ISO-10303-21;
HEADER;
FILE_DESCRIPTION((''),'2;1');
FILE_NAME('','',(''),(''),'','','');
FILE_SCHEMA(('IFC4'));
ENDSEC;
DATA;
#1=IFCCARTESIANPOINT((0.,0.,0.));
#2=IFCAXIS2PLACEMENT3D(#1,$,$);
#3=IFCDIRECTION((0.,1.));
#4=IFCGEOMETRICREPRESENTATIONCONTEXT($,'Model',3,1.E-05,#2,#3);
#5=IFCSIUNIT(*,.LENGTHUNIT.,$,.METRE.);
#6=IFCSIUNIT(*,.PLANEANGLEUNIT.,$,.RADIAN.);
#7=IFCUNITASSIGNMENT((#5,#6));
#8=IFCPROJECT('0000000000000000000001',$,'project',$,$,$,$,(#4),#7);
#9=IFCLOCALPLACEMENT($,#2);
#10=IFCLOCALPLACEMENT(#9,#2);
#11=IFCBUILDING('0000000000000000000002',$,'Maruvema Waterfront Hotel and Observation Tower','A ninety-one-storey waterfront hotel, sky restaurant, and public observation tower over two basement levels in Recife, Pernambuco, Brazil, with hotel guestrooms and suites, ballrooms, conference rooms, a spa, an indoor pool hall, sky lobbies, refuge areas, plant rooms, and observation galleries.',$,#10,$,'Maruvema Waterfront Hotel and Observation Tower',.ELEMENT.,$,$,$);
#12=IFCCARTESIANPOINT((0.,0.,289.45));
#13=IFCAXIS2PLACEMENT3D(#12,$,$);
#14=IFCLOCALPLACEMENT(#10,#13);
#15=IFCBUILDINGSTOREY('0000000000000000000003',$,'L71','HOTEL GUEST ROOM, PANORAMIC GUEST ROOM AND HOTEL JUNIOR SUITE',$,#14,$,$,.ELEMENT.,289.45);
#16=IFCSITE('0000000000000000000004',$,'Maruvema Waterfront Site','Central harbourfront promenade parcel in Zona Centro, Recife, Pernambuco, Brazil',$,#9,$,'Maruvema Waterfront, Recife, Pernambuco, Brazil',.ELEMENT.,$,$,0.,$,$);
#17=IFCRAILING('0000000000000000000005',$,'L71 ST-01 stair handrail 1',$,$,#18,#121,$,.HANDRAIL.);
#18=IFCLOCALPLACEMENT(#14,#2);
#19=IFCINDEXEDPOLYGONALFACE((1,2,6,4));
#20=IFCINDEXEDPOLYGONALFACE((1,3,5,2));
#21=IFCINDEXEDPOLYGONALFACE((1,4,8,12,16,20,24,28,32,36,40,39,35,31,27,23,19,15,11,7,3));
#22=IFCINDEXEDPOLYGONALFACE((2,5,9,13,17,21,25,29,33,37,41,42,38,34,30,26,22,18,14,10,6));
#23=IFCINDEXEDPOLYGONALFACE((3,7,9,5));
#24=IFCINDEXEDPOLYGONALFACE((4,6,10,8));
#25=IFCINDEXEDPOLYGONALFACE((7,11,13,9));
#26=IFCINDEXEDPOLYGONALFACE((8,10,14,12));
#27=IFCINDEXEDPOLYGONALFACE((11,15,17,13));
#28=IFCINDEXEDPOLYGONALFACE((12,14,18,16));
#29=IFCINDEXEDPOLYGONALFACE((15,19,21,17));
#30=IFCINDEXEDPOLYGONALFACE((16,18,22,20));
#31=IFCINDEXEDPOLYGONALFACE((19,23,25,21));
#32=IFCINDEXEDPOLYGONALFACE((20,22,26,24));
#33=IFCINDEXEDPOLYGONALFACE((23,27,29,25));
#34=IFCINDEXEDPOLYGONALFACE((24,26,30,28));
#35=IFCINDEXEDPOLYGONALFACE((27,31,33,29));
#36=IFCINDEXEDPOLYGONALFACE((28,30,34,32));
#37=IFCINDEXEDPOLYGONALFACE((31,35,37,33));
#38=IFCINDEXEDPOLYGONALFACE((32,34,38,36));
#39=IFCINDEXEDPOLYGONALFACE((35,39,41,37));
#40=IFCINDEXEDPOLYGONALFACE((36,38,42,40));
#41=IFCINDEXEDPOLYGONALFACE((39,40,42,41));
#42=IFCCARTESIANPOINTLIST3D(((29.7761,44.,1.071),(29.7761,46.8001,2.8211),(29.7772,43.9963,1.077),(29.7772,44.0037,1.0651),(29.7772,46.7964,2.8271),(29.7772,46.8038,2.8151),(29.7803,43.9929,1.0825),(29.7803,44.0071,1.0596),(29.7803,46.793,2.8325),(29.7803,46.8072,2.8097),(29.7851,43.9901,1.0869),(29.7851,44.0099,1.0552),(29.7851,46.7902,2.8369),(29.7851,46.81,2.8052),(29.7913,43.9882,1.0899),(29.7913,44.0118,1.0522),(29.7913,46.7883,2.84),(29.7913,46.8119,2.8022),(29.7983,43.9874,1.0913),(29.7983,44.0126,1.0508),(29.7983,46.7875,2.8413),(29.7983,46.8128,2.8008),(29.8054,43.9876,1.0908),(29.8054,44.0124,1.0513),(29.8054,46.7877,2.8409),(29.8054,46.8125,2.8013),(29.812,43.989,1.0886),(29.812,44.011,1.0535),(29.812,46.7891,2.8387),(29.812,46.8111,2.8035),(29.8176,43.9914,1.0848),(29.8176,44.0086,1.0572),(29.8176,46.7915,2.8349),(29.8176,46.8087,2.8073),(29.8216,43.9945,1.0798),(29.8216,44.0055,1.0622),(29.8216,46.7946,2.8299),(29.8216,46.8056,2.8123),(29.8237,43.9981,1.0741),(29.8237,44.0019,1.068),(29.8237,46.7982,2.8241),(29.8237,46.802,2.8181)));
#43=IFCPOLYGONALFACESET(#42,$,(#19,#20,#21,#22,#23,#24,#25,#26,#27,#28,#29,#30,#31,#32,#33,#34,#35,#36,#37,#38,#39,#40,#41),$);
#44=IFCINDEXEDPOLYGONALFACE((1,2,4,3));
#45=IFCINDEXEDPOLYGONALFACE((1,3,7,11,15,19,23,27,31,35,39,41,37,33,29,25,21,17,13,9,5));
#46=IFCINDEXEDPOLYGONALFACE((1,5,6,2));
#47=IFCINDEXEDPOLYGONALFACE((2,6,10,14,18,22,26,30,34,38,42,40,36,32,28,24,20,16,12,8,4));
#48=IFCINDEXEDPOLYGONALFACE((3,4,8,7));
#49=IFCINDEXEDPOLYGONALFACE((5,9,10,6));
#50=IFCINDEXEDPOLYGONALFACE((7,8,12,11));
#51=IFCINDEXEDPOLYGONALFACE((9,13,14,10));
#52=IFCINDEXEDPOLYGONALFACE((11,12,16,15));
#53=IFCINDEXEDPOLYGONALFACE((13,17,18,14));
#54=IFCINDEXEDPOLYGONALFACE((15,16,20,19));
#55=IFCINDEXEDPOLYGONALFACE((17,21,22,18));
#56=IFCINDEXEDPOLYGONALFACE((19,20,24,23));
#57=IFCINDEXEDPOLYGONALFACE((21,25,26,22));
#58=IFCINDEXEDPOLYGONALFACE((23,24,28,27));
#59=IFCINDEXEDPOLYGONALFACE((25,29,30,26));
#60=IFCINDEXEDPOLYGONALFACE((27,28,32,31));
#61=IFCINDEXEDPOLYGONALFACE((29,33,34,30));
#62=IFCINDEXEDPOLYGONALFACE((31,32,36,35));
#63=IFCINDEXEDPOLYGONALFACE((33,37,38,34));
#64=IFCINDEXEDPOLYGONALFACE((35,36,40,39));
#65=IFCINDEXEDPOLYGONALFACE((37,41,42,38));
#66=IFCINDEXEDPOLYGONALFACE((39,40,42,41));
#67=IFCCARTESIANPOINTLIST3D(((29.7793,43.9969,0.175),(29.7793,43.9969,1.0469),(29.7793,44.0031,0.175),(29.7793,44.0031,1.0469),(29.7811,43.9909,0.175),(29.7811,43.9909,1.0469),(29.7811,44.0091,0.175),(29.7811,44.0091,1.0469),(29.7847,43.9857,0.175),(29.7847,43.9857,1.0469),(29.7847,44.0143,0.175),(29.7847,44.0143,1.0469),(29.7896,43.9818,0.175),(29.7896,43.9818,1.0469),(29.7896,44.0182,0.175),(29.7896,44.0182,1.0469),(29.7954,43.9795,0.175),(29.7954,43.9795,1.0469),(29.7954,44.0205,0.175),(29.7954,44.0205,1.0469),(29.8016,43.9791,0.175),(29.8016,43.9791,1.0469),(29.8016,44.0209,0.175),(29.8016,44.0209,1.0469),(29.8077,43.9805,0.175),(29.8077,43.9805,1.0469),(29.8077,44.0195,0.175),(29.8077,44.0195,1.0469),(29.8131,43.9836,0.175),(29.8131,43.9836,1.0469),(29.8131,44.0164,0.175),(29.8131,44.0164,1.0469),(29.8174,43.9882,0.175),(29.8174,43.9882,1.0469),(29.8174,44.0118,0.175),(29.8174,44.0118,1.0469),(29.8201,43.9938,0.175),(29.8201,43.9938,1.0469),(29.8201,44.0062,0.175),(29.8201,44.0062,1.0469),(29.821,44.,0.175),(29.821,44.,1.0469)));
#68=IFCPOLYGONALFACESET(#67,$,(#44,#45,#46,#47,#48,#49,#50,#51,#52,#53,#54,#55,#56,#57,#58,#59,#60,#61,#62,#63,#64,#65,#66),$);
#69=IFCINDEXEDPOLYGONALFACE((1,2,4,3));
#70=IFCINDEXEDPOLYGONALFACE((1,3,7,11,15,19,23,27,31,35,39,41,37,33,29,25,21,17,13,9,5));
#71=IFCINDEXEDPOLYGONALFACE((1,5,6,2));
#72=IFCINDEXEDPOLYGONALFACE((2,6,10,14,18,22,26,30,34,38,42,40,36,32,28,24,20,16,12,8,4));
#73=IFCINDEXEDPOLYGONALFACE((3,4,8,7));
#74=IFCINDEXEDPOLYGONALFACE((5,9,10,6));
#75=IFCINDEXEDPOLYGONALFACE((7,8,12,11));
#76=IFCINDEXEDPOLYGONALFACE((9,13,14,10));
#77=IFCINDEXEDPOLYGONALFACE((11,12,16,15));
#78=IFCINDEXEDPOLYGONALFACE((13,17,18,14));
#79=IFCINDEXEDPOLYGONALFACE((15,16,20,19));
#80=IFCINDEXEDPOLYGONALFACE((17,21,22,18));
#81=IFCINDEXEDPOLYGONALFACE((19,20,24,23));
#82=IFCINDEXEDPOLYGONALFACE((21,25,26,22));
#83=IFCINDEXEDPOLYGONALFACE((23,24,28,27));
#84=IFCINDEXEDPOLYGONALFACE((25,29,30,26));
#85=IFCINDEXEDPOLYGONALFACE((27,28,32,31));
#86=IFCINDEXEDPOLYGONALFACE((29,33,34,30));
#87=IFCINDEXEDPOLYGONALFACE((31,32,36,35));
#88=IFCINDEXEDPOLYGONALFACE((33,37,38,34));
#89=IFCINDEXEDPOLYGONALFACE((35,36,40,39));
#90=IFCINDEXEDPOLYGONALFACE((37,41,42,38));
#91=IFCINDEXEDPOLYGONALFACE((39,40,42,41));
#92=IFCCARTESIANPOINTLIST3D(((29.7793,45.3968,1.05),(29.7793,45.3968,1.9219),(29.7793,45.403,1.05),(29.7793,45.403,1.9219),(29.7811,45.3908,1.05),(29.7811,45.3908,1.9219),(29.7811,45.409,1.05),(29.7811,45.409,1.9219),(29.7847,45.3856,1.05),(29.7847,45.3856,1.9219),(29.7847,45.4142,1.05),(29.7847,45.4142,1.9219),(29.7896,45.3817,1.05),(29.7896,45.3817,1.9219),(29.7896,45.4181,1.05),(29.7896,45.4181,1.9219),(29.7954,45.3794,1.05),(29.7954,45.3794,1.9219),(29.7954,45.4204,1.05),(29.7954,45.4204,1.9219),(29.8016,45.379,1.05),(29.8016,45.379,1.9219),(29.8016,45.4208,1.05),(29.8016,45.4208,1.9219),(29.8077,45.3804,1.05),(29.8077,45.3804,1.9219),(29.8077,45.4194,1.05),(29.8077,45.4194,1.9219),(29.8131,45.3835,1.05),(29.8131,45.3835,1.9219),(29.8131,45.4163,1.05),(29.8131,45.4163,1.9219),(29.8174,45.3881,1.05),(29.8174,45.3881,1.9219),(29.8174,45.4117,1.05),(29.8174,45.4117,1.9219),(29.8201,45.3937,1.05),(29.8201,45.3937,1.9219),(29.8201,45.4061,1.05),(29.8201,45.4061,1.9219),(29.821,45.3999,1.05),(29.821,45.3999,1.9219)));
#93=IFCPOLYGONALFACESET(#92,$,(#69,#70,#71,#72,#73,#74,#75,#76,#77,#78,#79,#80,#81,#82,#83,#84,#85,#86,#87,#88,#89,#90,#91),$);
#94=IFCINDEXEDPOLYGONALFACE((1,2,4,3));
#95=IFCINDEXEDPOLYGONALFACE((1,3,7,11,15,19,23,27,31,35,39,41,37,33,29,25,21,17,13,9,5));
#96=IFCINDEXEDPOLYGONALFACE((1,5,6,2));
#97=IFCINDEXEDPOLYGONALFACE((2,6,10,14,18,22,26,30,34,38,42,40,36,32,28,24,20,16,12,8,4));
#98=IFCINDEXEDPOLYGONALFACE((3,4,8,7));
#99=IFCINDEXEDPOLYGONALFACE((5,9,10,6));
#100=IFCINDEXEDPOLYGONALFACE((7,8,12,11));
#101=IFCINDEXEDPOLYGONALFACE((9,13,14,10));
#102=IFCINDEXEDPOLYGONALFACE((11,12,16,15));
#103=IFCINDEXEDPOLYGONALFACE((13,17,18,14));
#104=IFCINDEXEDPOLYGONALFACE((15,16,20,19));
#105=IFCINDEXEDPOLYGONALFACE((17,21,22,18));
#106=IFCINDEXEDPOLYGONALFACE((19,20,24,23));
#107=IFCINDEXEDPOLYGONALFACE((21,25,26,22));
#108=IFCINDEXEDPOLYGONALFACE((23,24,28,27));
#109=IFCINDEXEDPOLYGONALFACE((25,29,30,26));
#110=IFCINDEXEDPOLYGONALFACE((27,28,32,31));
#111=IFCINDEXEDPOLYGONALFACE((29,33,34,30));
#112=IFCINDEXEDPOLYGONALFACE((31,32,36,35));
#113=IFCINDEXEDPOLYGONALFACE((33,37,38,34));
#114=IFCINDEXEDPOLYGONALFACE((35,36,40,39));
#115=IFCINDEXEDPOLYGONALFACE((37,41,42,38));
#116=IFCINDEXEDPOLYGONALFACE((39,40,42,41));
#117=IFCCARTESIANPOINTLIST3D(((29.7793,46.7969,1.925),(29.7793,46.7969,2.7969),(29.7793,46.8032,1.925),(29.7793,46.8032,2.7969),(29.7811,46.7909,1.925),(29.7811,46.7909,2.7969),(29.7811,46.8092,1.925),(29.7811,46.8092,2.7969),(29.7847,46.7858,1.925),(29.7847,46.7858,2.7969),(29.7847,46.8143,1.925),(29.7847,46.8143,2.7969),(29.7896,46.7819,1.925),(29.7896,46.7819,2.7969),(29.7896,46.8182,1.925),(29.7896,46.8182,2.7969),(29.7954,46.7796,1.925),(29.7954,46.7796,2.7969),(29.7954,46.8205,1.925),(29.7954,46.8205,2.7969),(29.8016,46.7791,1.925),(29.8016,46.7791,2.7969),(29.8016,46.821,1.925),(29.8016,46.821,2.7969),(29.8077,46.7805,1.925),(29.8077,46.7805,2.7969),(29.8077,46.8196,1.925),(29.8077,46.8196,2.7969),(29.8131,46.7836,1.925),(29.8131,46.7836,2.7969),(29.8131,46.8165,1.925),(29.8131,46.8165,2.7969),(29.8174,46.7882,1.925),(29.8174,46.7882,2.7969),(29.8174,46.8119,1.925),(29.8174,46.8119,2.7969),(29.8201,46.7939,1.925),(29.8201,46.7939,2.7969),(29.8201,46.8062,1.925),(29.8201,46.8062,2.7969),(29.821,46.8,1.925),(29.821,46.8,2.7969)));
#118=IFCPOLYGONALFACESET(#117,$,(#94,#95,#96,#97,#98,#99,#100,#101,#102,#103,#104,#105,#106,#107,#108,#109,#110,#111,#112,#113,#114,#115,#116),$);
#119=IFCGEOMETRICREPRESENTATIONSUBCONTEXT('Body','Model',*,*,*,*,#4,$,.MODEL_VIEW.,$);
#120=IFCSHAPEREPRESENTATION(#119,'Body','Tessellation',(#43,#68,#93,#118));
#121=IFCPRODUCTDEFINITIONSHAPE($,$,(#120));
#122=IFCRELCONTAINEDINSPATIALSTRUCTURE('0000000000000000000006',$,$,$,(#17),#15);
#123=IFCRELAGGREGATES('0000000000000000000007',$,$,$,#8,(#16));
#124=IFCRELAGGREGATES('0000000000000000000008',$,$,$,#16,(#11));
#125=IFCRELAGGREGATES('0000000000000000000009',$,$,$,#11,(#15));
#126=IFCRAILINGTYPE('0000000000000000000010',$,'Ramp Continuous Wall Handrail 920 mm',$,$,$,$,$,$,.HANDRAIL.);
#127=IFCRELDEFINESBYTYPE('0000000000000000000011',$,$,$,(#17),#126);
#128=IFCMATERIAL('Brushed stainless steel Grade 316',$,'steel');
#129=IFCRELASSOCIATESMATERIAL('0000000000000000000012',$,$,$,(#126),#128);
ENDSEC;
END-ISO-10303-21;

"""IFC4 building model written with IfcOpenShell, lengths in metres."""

from ifc_helpers import new_model, si_unit, direction, frame, origin, origin_2d, place, context, subcontext, project, spatial, circle, extrude, material, type_object, element, save


model = new_model("IFC4")

# Units and contexts
model_context = context("Model", 3, precision=1e-05, world=origin(), true_north=direction((0.0, 1.0)))
body_context = subcontext(model_context, "Body", "Model", "MODEL_VIEW")
ifc_project = project(units=[si_unit("LENGTHUNIT", "METRE"), si_unit("PLANEANGLEUNIT", "RADIAN")], contexts=[model_context])

# Site, building, storey
site_placement = place(None, origin())
site = spatial("IfcSite", under=ifc_project, at=site_placement, Name="Maruvema Waterfront Site", Description="Central harbourfront promenade parcel in Zona Centro, Recife, Pernambuco, Brazil", LongName="Maruvema Waterfront, Recife, Pernambuco, Brazil", CompositionType="ELEMENT", RefElevation=0.0)
building_placement = place(site_placement, origin())
building = spatial("IfcBuilding", under=site, at=building_placement, Name="Maruvema Waterfront Hotel and Observation Tower", Description="A ninety-one-storey waterfront hotel, sky restaurant, and public observation tower over two basement levels in Recife, Pernambuco, Brazil, with hotel guestrooms and suites, ballrooms, conference rooms, a spa, an indoor pool hall, sky lobbies, refuge areas, plant rooms, and observation galleries.", LongName="Maruvema Waterfront Hotel and Observation Tower", CompositionType="ELEMENT")
storey_placement = place(building_placement, frame((0.0, 0.0, 289.45)))
storey = spatial("IfcBuildingStorey", under=building, at=storey_placement, Name="L71", Description="HOTEL GUEST ROOM, PANORAMIC GUEST ROOM AND HOTEL JUNIOR SUITE", CompositionType="ELEMENT", Elevation=289.45)

# Railing
ifc_material_1 = material(Name="Brushed stainless steel Grade 316", Category="steel")
railing_type_1 = type_object("IfcRailingType", Name="Ramp Continuous Wall Handrail 920 mm", PredefinedType="HANDRAIL", material=ifc_material_1)
railing_1_placement = place(storey_placement, frame((29.8, 44.0, 0.175)))
element("IfcRailing", 1, at=railing_1_placement, inside=storey, type_object=railing_type_1, Name="L71 ST-01 stair handrail 1", PredefinedType="HANDRAIL", context=body_context, shape_type="SweptSolid", body=[
    extrude(circle(Radius=0.0239, at=origin_2d()), frame((0.0, 0.0, 0.896), z_axis=(0.0, 0.848002, 0.529992), x_axis=(-1.0, 0.0, 0.0)), (0.0, 0.0, 1.0), 3.302),
    extrude(circle(Radius=0.021, at=origin_2d()), origin(), (0.0, 0.0, 1.0), 0.8718),
    extrude(circle(Radius=0.021, at=origin_2d()), frame((0.0, 1.3999, 0.875)), (0.0, 0.0, 1.0), 0.8718),
    extrude(circle(Radius=0.021, at=origin_2d()), frame((0.0, 2.8, 1.75)), (0.0, 0.0, 1.0), 0.8718),
])

save(model, "model.ifc")
